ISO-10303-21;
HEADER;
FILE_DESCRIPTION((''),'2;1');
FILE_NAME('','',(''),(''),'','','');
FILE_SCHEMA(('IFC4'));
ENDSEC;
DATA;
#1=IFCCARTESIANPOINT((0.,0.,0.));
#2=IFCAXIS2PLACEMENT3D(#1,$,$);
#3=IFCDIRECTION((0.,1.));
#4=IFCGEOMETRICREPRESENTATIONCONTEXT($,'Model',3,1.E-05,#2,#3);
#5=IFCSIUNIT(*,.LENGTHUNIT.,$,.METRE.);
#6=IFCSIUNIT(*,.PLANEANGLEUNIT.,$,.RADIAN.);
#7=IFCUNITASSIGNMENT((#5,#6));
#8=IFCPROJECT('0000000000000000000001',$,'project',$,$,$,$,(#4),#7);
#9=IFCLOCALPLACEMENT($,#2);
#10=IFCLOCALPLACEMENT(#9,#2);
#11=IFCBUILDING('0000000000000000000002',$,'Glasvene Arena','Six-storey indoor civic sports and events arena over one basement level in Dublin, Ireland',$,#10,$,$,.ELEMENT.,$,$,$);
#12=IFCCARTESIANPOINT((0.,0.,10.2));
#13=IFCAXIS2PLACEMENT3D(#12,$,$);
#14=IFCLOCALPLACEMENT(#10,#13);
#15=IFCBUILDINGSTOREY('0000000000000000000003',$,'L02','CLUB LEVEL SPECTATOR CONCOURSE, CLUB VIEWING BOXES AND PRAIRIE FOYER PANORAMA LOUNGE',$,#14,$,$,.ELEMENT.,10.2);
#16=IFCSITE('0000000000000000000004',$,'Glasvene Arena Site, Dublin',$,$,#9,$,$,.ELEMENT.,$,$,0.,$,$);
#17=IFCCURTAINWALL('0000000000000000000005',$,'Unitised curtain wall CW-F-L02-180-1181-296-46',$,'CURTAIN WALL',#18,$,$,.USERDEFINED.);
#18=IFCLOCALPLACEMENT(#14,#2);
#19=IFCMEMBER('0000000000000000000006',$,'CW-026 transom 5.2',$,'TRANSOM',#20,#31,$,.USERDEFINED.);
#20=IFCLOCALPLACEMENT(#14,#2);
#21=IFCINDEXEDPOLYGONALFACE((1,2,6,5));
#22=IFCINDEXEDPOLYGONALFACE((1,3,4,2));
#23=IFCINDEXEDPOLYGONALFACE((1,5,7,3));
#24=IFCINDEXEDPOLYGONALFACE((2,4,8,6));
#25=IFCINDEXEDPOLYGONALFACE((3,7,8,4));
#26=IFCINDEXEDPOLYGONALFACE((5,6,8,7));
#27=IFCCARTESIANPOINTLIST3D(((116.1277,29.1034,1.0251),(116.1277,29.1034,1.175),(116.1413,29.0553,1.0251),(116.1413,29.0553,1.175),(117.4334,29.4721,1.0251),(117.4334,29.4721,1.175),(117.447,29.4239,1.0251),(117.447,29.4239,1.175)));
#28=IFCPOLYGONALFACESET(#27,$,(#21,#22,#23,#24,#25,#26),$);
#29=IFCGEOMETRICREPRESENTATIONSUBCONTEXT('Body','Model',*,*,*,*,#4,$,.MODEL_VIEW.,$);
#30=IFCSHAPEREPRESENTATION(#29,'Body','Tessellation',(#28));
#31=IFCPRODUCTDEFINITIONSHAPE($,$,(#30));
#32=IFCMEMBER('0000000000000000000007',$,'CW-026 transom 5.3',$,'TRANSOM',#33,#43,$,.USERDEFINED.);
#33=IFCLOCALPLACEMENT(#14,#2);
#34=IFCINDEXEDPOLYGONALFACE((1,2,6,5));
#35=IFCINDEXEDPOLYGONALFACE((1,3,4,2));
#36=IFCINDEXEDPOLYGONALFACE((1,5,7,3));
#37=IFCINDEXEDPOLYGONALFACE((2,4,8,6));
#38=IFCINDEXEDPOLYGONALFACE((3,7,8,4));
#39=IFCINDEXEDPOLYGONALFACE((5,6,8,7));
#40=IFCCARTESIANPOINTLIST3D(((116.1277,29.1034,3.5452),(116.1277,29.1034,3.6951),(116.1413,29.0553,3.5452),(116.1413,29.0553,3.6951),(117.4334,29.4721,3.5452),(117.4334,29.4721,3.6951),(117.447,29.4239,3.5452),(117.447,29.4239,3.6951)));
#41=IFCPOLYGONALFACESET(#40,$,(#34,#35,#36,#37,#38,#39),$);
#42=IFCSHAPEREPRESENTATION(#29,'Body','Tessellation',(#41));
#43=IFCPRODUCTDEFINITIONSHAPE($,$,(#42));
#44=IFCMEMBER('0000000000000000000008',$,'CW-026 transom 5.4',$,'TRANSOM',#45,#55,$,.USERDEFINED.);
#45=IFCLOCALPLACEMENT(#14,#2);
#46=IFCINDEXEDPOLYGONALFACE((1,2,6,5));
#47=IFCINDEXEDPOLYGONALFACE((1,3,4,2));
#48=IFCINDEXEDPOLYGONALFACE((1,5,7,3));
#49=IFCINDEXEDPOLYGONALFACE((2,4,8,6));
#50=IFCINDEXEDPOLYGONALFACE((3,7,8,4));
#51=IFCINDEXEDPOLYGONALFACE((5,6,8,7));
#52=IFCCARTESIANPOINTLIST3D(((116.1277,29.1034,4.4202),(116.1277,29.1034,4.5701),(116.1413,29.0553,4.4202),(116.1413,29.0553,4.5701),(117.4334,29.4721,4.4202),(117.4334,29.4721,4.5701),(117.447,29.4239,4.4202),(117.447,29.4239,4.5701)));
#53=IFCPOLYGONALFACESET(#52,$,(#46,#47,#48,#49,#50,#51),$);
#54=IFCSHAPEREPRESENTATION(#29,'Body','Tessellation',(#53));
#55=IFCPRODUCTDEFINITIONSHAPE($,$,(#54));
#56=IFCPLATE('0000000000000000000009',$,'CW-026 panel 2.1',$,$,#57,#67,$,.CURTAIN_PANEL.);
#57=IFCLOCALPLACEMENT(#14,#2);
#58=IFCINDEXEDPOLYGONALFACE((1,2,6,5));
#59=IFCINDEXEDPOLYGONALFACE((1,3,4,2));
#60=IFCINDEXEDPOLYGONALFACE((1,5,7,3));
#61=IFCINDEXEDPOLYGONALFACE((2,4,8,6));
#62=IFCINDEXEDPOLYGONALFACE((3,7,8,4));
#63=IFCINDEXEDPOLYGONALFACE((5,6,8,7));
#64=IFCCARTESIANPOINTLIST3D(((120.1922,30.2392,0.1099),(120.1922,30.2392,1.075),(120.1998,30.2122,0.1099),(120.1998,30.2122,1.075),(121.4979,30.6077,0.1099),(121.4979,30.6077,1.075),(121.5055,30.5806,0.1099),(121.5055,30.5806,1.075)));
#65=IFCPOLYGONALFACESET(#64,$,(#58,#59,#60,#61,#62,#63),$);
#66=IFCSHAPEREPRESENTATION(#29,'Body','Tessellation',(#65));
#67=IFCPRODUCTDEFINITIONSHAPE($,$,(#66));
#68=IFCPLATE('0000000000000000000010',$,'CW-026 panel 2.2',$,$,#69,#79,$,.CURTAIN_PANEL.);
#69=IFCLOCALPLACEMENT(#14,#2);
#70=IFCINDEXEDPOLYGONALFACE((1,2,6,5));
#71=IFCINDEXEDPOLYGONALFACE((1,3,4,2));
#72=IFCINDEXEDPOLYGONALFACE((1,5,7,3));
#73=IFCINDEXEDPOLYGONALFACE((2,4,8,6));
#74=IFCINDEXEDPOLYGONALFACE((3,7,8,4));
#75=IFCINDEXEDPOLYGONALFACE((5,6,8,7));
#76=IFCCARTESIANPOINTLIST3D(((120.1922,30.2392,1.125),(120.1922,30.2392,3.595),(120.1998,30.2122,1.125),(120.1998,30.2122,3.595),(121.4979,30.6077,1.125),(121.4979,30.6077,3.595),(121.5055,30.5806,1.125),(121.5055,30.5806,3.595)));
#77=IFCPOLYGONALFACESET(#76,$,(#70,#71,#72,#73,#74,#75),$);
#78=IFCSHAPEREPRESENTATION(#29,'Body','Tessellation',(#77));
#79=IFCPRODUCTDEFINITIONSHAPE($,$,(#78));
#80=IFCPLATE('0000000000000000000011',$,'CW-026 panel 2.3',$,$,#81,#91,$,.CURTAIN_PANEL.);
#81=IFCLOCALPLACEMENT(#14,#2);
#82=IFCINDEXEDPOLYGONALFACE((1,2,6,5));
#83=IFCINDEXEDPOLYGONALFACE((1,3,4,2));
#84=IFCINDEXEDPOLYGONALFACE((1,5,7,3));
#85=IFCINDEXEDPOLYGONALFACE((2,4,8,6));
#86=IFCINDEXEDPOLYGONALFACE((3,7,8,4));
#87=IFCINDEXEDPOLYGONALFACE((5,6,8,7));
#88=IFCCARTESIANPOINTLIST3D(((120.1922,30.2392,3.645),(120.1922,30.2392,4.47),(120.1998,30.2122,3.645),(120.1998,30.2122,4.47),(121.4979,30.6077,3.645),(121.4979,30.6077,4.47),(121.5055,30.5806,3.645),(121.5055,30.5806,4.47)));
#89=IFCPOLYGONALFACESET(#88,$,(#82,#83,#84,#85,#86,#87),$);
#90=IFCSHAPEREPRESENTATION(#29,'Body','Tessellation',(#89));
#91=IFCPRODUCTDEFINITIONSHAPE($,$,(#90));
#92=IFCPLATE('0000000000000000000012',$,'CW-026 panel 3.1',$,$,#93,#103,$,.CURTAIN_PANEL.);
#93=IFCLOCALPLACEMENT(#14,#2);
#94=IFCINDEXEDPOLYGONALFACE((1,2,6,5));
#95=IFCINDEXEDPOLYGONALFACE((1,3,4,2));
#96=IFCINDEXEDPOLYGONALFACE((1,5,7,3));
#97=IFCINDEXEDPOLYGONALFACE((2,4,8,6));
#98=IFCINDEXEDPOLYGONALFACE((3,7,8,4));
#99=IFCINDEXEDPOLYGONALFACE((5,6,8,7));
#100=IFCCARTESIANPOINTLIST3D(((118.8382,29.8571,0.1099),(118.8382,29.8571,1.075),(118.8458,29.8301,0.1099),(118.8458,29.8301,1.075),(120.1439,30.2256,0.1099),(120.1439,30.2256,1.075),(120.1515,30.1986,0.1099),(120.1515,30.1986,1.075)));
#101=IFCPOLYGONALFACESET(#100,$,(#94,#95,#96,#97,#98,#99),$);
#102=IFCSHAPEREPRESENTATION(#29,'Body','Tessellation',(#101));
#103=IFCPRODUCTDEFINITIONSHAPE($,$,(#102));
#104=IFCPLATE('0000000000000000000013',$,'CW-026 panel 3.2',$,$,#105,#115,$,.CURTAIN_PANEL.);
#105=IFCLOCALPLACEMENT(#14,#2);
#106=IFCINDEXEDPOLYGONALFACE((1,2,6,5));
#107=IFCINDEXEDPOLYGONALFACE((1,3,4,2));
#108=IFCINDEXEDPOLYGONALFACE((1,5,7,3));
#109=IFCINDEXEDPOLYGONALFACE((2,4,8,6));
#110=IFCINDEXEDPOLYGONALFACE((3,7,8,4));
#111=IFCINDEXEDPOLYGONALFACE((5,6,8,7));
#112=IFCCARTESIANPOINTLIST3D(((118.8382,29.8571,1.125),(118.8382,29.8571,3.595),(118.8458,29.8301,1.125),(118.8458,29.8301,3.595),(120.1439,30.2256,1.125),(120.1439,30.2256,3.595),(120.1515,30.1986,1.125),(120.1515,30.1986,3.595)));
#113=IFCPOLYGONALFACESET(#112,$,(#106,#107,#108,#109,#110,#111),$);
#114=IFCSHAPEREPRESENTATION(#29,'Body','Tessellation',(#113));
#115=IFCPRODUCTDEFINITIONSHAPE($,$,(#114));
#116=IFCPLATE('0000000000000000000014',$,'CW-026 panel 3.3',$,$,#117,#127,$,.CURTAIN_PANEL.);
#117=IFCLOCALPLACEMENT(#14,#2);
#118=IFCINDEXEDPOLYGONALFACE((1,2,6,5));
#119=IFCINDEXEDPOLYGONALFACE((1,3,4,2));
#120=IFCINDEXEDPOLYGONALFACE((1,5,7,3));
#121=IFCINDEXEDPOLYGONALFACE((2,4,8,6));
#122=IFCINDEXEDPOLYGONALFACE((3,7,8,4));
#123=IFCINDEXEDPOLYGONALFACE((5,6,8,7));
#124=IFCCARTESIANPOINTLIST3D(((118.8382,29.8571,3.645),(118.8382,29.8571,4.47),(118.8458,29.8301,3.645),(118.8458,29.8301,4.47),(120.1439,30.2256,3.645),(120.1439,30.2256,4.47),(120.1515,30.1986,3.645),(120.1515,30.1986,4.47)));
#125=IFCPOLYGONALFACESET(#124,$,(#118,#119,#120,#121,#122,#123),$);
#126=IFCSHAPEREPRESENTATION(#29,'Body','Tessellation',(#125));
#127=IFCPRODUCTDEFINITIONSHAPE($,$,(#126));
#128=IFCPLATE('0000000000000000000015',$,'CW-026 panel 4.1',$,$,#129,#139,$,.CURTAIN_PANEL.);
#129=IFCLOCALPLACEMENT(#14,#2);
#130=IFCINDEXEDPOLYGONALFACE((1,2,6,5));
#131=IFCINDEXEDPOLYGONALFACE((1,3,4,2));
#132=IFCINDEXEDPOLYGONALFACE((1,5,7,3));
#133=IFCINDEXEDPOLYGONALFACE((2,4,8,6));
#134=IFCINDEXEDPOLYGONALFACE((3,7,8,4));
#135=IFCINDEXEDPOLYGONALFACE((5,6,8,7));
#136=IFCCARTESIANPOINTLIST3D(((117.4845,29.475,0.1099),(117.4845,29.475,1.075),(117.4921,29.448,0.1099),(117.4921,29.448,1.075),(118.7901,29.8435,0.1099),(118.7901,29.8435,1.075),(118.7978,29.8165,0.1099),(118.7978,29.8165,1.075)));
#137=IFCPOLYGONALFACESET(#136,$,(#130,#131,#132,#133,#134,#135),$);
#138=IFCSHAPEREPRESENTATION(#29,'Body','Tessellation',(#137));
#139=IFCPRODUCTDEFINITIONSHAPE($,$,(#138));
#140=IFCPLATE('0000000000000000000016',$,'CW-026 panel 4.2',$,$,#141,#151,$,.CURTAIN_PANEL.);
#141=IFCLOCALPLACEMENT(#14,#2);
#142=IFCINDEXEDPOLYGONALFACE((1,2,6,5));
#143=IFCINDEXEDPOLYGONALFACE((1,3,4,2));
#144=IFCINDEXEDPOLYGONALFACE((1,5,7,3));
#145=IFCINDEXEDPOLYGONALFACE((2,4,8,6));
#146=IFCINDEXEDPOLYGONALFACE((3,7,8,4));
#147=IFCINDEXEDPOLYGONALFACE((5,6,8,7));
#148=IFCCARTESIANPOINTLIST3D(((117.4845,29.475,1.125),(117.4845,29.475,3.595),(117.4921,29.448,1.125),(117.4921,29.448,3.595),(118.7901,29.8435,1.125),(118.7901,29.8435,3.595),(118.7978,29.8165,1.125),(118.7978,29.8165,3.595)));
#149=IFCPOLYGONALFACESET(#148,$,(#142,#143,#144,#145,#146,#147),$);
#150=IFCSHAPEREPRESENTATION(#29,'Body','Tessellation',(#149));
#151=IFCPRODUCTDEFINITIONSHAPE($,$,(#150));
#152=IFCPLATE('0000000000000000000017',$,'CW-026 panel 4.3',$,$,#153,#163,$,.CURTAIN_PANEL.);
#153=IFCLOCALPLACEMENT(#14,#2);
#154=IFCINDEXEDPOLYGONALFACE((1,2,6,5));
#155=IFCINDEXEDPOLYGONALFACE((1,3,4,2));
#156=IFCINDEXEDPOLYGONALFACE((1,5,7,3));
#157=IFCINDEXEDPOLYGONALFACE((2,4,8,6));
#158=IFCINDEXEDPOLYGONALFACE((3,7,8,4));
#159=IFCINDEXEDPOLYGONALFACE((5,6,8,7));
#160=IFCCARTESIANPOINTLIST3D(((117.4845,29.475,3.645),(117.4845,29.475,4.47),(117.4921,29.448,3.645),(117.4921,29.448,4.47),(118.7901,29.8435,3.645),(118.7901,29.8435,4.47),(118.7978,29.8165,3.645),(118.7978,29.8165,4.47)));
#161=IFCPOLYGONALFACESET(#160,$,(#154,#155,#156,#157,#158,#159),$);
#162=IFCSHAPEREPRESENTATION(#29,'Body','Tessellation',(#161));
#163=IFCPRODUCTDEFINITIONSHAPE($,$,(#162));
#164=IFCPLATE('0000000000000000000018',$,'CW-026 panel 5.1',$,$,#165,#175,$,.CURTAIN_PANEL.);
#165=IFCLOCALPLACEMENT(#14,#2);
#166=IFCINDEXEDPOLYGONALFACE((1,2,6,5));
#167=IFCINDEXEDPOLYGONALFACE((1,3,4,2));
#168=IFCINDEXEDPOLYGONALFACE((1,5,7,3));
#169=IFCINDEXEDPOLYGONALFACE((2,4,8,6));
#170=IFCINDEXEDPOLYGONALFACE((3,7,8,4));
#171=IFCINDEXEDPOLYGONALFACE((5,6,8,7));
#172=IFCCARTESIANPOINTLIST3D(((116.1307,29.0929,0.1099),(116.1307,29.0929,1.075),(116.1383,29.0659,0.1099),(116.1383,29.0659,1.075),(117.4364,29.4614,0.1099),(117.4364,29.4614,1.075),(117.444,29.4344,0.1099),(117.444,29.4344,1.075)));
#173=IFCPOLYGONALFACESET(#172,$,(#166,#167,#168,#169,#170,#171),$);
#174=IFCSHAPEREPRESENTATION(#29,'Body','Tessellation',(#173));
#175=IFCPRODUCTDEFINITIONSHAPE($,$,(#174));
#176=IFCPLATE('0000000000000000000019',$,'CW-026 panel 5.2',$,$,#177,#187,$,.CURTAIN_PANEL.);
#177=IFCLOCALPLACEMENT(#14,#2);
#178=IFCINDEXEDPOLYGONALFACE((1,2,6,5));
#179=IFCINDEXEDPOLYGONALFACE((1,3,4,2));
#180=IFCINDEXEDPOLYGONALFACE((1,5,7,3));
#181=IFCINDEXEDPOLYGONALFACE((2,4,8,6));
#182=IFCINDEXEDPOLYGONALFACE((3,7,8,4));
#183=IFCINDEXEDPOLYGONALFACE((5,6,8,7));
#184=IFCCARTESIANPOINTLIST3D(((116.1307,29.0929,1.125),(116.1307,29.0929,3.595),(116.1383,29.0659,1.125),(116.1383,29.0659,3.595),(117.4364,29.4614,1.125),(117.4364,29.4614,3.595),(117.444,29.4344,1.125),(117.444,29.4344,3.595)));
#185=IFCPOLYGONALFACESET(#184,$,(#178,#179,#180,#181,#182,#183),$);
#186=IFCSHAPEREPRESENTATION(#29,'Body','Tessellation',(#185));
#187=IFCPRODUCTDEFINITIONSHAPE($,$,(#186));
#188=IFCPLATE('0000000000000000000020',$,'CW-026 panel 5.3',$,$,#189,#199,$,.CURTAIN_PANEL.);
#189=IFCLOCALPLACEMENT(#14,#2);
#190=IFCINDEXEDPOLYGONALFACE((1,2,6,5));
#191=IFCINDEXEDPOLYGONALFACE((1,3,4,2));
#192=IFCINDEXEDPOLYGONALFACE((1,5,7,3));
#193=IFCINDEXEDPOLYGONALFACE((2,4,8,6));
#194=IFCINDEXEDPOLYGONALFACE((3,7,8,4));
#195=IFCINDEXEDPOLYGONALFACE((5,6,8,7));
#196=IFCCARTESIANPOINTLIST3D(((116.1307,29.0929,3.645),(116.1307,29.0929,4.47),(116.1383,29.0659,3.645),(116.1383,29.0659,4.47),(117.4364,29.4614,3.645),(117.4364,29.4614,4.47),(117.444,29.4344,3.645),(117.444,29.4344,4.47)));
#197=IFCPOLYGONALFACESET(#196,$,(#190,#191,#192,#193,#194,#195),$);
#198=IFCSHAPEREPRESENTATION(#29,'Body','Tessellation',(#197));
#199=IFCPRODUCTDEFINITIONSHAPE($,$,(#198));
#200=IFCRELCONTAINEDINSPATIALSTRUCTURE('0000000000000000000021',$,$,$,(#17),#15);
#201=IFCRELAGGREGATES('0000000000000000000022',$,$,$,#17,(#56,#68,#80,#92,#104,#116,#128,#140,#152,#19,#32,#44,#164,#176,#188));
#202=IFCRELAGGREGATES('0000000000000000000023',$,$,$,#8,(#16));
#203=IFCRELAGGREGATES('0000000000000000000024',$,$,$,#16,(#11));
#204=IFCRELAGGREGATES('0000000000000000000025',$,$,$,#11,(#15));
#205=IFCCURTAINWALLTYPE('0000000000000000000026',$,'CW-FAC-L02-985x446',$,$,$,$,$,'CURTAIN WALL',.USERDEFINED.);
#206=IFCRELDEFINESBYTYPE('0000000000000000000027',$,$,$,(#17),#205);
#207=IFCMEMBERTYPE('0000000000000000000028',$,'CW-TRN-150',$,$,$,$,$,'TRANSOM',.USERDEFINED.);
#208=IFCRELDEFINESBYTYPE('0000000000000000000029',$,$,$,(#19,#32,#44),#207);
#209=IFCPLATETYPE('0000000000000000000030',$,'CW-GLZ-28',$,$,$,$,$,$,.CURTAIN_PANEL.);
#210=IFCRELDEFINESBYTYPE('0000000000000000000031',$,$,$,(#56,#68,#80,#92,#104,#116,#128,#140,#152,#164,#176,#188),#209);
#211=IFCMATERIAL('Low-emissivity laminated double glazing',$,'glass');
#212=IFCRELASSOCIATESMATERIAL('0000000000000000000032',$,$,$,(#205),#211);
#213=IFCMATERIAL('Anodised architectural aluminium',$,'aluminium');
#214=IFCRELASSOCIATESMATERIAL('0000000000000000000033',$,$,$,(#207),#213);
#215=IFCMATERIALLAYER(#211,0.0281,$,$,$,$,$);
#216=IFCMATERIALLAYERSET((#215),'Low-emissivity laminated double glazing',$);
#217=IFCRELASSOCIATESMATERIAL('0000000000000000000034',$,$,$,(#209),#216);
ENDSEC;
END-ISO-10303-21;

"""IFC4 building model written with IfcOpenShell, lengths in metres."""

from ifc_helpers import new_model, si_unit, direction, frame, origin, origin_2d, place, context, subcontext, project, spatial, rectangle, extrude, material, layer, layer_set, material_profile, profile_set, type_object, element, aggregate, save


model = new_model("IFC4")

# Units and contexts
model_context = context("Model", 3, precision=1e-05, world=origin(), true_north=direction((0.0, 1.0)))
body_context = subcontext(model_context, "Body", "Model", "MODEL_VIEW")
ifc_project = project(units=[si_unit("LENGTHUNIT", "METRE"), si_unit("PLANEANGLEUNIT", "RADIAN")], contexts=[model_context])

# Site, building, storey
site_placement = place(None, origin())
site = spatial("IfcSite", under=ifc_project, at=site_placement, Name="Glasvene Arena Site, Dublin", CompositionType="ELEMENT", RefElevation=0.0)
building_placement = place(site_placement, origin())
building = spatial("IfcBuilding", under=site, at=building_placement, Name="Glasvene Arena", Description="Six-storey indoor civic sports and events arena over one basement level in Dublin, Ireland", CompositionType="ELEMENT")
storey_placement = place(building_placement, frame((0.0, 0.0, 10.2)))
storey = spatial("IfcBuildingStorey", under=building, at=storey_placement, Name="L02", Description="CLUB LEVEL SPECTATOR CONCOURSE, CLUB VIEWING BOXES AND PRAIRIE FOYER PANORAMA LOUNGE", CompositionType="ELEMENT", Elevation=10.2)

# Curtain wall, members, plates
ifc_material_1 = material(Name="Low-emissivity laminated double glazing", Category="glass")
curtain_wall_type = type_object("IfcCurtainWallType", Name="CW-FAC-L02-985x446", ElementType="CURTAIN WALL", PredefinedType="USERDEFINED", material=ifc_material_1)
curtain_wall_placement = place(storey_placement, frame((122.8794, 30.9829, 0.0)))
curtain_wall = element("IfcCurtainWall", 1, at=curtain_wall_placement, inside=storey, type_object=curtain_wall_type, Name="Unitised curtain wall CW-F-L02-180-1181-296-46", ObjectType="CURTAIN WALL", PredefinedType="USERDEFINED")
ifc_material_2 = material(Name="Anodised architectural aluminium", Category="aluminium")
ifc_material_profile_1 = material_profile(ifc_material_2, rectangle(XDim=0.05, YDim=0.1499, at=origin_2d()), Name="ALU TRANSOM 50x150")
ifc_profile_set_1 = profile_set([ifc_material_profile_1], Name="Anodised architectural aluminium")
member_type_1 = type_object("IfcMemberType", Name="CW-TRN-150", ElementType="TRANSOM", PredefinedType="USERDEFINED", material=ifc_profile_set_1)
member_1_placement = place(storey_placement, frame((117.4402, 29.448, 1.1001), z_axis=(-0.962375, -0.271725, 0.0), x_axis=(0.271725, -0.962375, 0.0)))
member_1 = element("IfcMember", 2, at=member_1_placement, type_object=member_type_1, Name="CW-026 transom 5.2", ObjectType="TRANSOM", PredefinedType="USERDEFINED", context=body_context, shape_type="SweptSolid", body=[
    extrude(rectangle(XDim=0.05, YDim=0.1499, at=origin_2d()), origin(), (0.0, 0.0, 1.0), 1.3567),
])
member_2_placement = place(storey_placement, frame((117.4402, 29.448, 3.6201), z_axis=(-0.962375, -0.271725, 0.0), x_axis=(0.271725, -0.962375, 0.0)))
member_2 = element("IfcMember", 3, at=member_2_placement, type_object=member_type_1, Name="CW-026 transom 5.3", ObjectType="TRANSOM", PredefinedType="USERDEFINED", context=body_context, shape_type="SweptSolid", body=[
    extrude(rectangle(XDim=0.05, YDim=0.1499, at=origin_2d()), origin(), (0.0, 0.0, 1.0), 1.3567),
])
member_3_placement = place(storey_placement, frame((117.4402, 29.448, 4.4951), z_axis=(-0.962375, -0.271725, 0.0), x_axis=(0.271725, -0.962375, 0.0)))
member_3 = element("IfcMember", 4, at=member_3_placement, type_object=member_type_1, Name="CW-026 transom 5.4", ObjectType="TRANSOM", PredefinedType="USERDEFINED", context=body_context, shape_type="SweptSolid", body=[
    extrude(rectangle(XDim=0.05, YDim=0.1499, at=origin_2d()), origin(), (0.0, 0.0, 1.0), 1.3567),
])
ifc_layer_1 = layer(ifc_material_1, 0.0281)
ifc_layer_set_1 = layer_set([ifc_layer_1], Name="Low-emissivity laminated double glazing")
plate_type = type_object("IfcPlateType", Name="CW-GLZ-28", PredefinedType="CURTAIN_PANEL", material=ifc_layer_set_1)
plate_1_placement = place(storey_placement, frame((120.8489, 30.4099, 0.1099), z_axis=(0.0, 0.0, 1.0), x_axis=(-0.962411, -0.271597, 0.0)))
plate_1 = element("IfcPlate", 5, at=plate_1_placement, type_object=plate_type, Name="CW-026 panel 2.1", PredefinedType="CURTAIN_PANEL", context=body_context, shape_type="SweptSolid", body=[
    extrude(rectangle(XDim=1.3567, YDim=0.0281, at=origin_2d()), origin(), (0.0, 0.0, 1.0), 0.9651),
])
plate_2_placement = place(storey_placement, frame((120.8489, 30.4099, 1.125), z_axis=(0.0, 0.0, 1.0), x_axis=(-0.962411, -0.271597, 0.0)))
plate_2 = element("IfcPlate", 6, at=plate_2_placement, type_object=plate_type, Name="CW-026 panel 2.2", PredefinedType="CURTAIN_PANEL", context=body_context, shape_type="SweptSolid", body=[
    extrude(rectangle(XDim=1.3567, YDim=0.0281, at=origin_2d()), origin(), (0.0, 0.0, 1.0), 2.47),
])
plate_3_placement = place(storey_placement, frame((120.8489, 30.4099, 3.645), z_axis=(0.0, 0.0, 1.0), x_axis=(-0.962411, -0.271597, 0.0)))
plate_3 = element("IfcPlate", 7, at=plate_3_placement, type_object=plate_type, Name="CW-026 panel 2.3", PredefinedType="CURTAIN_PANEL", context=body_context, shape_type="SweptSolid", body=[
    extrude(rectangle(XDim=1.3567, YDim=0.0281, at=origin_2d()), origin(), (0.0, 0.0, 1.0), 0.825),
])
plate_4_placement = place(storey_placement, frame((119.4949, 30.0278, 0.1099), z_axis=(0.0, 0.0, 1.0), x_axis=(-0.962411, -0.271597, 0.0)))
plate_4 = element("IfcPlate", 8, at=plate_4_placement, type_object=plate_type, Name="CW-026 panel 3.1", PredefinedType="CURTAIN_PANEL", context=body_context, shape_type="SweptSolid", body=[
    extrude(rectangle(XDim=1.3567, YDim=0.0281, at=origin_2d()), origin(), (0.0, 0.0, 1.0), 0.9651),
])
plate_5_placement = place(storey_placement, frame((119.4949, 30.0278, 1.125), z_axis=(0.0, 0.0, 1.0), x_axis=(-0.962411, -0.271597, 0.0)))
plate_5 = element("IfcPlate", 9, at=plate_5_placement, type_object=plate_type, Name="CW-026 panel 3.2", PredefinedType="CURTAIN_PANEL", context=body_context, shape_type="SweptSolid", body=[
    extrude(rectangle(XDim=1.3567, YDim=0.0281, at=origin_2d()), origin(), (0.0, 0.0, 1.0), 2.47),
])
plate_6_placement = place(storey_placement, frame((119.4949, 30.0278, 3.645), z_axis=(0.0, 0.0, 1.0), x_axis=(-0.962411, -0.271597, 0.0)))
plate_6 = element("IfcPlate", 10, at=plate_6_placement, type_object=plate_type, Name="CW-026 panel 3.3", PredefinedType="CURTAIN_PANEL", context=body_context, shape_type="SweptSolid", body=[
    extrude(rectangle(XDim=1.3567, YDim=0.0281, at=origin_2d()), origin(), (0.0, 0.0, 1.0), 0.825),
])
plate_7_placement = place(storey_placement, frame((118.1411, 29.6458, 0.1099), z_axis=(0.0, 0.0, 1.0), x_axis=(-0.962411, -0.271597, 0.0)))
plate_7 = element("IfcPlate", 11, at=plate_7_placement, type_object=plate_type, Name="CW-026 panel 4.1", PredefinedType="CURTAIN_PANEL", context=body_context, shape_type="SweptSolid", body=[
    extrude(rectangle(XDim=1.3567, YDim=0.0281, at=origin_2d()), origin(), (0.0, 0.0, 1.0), 0.9651),
])
plate_8_placement = place(storey_placement, frame((118.1411, 29.6458, 1.125), z_axis=(0.0, 0.0, 1.0), x_axis=(-0.962411, -0.271597, 0.0)))
plate_8 = element("IfcPlate", 12, at=plate_8_placement, type_object=plate_type, Name="CW-026 panel 4.2", PredefinedType="CURTAIN_PANEL", context=body_context, shape_type="SweptSolid", body=[
    extrude(rectangle(XDim=1.3567, YDim=0.0281, at=origin_2d()), origin(), (0.0, 0.0, 1.0), 2.47),
])
plate_9_placement = place(storey_placement, frame((118.1411, 29.6458, 3.645), z_axis=(0.0, 0.0, 1.0), x_axis=(-0.962411, -0.271597, 0.0)))
plate_9 = element("IfcPlate", 13, at=plate_9_placement, type_object=plate_type, Name="CW-026 panel 4.3", PredefinedType="CURTAIN_PANEL", context=body_context, shape_type="SweptSolid", body=[
    extrude(rectangle(XDim=1.3567, YDim=0.0281, at=origin_2d()), origin(), (0.0, 0.0, 1.0), 0.825),
])
plate_10_placement = place(storey_placement, frame((116.7874, 29.2637, 0.1099), z_axis=(0.0, 0.0, 1.0), x_axis=(-0.962411, -0.271597, 0.0)))
plate_10 = element("IfcPlate", 14, at=plate_10_placement, type_object=plate_type, Name="CW-026 panel 5.1", PredefinedType="CURTAIN_PANEL", context=body_context, shape_type="SweptSolid", body=[
    extrude(rectangle(XDim=1.3567, YDim=0.0281, at=origin_2d()), origin(), (0.0, 0.0, 1.0), 0.9651),
])
plate_11_placement = place(storey_placement, frame((116.7874, 29.2637, 1.125), z_axis=(0.0, 0.0, 1.0), x_axis=(-0.962411, -0.271597, 0.0)))
plate_11 = element("IfcPlate", 15, at=plate_11_placement, type_object=plate_type, Name="CW-026 panel 5.2", PredefinedType="CURTAIN_PANEL", context=body_context, shape_type="SweptSolid", body=[
    extrude(rectangle(XDim=1.3567, YDim=0.0281, at=origin_2d()), origin(), (0.0, 0.0, 1.0), 2.47),
])
plate_12_placement = place(storey_placement, frame((116.7874, 29.2637, 3.645), z_axis=(0.0, 0.0, 1.0), x_axis=(-0.962411, -0.271597, 0.0)))
plate_12 = element("IfcPlate", 16, at=plate_12_placement, type_object=plate_type, Name="CW-026 panel 5.3", PredefinedType="CURTAIN_PANEL", context=body_context, shape_type="SweptSolid", body=[
    extrude(rectangle(XDim=1.3567, YDim=0.0281, at=origin_2d()), origin(), (0.0, 0.0, 1.0), 0.825),
])
aggregate(curtain_wall, [plate_1, plate_2, plate_3, plate_4, plate_5, plate_6, plate_7, plate_8, plate_9, member_1, member_2, member_3, plate_10, plate_11, plate_12])

save(model, "model.ifc")
